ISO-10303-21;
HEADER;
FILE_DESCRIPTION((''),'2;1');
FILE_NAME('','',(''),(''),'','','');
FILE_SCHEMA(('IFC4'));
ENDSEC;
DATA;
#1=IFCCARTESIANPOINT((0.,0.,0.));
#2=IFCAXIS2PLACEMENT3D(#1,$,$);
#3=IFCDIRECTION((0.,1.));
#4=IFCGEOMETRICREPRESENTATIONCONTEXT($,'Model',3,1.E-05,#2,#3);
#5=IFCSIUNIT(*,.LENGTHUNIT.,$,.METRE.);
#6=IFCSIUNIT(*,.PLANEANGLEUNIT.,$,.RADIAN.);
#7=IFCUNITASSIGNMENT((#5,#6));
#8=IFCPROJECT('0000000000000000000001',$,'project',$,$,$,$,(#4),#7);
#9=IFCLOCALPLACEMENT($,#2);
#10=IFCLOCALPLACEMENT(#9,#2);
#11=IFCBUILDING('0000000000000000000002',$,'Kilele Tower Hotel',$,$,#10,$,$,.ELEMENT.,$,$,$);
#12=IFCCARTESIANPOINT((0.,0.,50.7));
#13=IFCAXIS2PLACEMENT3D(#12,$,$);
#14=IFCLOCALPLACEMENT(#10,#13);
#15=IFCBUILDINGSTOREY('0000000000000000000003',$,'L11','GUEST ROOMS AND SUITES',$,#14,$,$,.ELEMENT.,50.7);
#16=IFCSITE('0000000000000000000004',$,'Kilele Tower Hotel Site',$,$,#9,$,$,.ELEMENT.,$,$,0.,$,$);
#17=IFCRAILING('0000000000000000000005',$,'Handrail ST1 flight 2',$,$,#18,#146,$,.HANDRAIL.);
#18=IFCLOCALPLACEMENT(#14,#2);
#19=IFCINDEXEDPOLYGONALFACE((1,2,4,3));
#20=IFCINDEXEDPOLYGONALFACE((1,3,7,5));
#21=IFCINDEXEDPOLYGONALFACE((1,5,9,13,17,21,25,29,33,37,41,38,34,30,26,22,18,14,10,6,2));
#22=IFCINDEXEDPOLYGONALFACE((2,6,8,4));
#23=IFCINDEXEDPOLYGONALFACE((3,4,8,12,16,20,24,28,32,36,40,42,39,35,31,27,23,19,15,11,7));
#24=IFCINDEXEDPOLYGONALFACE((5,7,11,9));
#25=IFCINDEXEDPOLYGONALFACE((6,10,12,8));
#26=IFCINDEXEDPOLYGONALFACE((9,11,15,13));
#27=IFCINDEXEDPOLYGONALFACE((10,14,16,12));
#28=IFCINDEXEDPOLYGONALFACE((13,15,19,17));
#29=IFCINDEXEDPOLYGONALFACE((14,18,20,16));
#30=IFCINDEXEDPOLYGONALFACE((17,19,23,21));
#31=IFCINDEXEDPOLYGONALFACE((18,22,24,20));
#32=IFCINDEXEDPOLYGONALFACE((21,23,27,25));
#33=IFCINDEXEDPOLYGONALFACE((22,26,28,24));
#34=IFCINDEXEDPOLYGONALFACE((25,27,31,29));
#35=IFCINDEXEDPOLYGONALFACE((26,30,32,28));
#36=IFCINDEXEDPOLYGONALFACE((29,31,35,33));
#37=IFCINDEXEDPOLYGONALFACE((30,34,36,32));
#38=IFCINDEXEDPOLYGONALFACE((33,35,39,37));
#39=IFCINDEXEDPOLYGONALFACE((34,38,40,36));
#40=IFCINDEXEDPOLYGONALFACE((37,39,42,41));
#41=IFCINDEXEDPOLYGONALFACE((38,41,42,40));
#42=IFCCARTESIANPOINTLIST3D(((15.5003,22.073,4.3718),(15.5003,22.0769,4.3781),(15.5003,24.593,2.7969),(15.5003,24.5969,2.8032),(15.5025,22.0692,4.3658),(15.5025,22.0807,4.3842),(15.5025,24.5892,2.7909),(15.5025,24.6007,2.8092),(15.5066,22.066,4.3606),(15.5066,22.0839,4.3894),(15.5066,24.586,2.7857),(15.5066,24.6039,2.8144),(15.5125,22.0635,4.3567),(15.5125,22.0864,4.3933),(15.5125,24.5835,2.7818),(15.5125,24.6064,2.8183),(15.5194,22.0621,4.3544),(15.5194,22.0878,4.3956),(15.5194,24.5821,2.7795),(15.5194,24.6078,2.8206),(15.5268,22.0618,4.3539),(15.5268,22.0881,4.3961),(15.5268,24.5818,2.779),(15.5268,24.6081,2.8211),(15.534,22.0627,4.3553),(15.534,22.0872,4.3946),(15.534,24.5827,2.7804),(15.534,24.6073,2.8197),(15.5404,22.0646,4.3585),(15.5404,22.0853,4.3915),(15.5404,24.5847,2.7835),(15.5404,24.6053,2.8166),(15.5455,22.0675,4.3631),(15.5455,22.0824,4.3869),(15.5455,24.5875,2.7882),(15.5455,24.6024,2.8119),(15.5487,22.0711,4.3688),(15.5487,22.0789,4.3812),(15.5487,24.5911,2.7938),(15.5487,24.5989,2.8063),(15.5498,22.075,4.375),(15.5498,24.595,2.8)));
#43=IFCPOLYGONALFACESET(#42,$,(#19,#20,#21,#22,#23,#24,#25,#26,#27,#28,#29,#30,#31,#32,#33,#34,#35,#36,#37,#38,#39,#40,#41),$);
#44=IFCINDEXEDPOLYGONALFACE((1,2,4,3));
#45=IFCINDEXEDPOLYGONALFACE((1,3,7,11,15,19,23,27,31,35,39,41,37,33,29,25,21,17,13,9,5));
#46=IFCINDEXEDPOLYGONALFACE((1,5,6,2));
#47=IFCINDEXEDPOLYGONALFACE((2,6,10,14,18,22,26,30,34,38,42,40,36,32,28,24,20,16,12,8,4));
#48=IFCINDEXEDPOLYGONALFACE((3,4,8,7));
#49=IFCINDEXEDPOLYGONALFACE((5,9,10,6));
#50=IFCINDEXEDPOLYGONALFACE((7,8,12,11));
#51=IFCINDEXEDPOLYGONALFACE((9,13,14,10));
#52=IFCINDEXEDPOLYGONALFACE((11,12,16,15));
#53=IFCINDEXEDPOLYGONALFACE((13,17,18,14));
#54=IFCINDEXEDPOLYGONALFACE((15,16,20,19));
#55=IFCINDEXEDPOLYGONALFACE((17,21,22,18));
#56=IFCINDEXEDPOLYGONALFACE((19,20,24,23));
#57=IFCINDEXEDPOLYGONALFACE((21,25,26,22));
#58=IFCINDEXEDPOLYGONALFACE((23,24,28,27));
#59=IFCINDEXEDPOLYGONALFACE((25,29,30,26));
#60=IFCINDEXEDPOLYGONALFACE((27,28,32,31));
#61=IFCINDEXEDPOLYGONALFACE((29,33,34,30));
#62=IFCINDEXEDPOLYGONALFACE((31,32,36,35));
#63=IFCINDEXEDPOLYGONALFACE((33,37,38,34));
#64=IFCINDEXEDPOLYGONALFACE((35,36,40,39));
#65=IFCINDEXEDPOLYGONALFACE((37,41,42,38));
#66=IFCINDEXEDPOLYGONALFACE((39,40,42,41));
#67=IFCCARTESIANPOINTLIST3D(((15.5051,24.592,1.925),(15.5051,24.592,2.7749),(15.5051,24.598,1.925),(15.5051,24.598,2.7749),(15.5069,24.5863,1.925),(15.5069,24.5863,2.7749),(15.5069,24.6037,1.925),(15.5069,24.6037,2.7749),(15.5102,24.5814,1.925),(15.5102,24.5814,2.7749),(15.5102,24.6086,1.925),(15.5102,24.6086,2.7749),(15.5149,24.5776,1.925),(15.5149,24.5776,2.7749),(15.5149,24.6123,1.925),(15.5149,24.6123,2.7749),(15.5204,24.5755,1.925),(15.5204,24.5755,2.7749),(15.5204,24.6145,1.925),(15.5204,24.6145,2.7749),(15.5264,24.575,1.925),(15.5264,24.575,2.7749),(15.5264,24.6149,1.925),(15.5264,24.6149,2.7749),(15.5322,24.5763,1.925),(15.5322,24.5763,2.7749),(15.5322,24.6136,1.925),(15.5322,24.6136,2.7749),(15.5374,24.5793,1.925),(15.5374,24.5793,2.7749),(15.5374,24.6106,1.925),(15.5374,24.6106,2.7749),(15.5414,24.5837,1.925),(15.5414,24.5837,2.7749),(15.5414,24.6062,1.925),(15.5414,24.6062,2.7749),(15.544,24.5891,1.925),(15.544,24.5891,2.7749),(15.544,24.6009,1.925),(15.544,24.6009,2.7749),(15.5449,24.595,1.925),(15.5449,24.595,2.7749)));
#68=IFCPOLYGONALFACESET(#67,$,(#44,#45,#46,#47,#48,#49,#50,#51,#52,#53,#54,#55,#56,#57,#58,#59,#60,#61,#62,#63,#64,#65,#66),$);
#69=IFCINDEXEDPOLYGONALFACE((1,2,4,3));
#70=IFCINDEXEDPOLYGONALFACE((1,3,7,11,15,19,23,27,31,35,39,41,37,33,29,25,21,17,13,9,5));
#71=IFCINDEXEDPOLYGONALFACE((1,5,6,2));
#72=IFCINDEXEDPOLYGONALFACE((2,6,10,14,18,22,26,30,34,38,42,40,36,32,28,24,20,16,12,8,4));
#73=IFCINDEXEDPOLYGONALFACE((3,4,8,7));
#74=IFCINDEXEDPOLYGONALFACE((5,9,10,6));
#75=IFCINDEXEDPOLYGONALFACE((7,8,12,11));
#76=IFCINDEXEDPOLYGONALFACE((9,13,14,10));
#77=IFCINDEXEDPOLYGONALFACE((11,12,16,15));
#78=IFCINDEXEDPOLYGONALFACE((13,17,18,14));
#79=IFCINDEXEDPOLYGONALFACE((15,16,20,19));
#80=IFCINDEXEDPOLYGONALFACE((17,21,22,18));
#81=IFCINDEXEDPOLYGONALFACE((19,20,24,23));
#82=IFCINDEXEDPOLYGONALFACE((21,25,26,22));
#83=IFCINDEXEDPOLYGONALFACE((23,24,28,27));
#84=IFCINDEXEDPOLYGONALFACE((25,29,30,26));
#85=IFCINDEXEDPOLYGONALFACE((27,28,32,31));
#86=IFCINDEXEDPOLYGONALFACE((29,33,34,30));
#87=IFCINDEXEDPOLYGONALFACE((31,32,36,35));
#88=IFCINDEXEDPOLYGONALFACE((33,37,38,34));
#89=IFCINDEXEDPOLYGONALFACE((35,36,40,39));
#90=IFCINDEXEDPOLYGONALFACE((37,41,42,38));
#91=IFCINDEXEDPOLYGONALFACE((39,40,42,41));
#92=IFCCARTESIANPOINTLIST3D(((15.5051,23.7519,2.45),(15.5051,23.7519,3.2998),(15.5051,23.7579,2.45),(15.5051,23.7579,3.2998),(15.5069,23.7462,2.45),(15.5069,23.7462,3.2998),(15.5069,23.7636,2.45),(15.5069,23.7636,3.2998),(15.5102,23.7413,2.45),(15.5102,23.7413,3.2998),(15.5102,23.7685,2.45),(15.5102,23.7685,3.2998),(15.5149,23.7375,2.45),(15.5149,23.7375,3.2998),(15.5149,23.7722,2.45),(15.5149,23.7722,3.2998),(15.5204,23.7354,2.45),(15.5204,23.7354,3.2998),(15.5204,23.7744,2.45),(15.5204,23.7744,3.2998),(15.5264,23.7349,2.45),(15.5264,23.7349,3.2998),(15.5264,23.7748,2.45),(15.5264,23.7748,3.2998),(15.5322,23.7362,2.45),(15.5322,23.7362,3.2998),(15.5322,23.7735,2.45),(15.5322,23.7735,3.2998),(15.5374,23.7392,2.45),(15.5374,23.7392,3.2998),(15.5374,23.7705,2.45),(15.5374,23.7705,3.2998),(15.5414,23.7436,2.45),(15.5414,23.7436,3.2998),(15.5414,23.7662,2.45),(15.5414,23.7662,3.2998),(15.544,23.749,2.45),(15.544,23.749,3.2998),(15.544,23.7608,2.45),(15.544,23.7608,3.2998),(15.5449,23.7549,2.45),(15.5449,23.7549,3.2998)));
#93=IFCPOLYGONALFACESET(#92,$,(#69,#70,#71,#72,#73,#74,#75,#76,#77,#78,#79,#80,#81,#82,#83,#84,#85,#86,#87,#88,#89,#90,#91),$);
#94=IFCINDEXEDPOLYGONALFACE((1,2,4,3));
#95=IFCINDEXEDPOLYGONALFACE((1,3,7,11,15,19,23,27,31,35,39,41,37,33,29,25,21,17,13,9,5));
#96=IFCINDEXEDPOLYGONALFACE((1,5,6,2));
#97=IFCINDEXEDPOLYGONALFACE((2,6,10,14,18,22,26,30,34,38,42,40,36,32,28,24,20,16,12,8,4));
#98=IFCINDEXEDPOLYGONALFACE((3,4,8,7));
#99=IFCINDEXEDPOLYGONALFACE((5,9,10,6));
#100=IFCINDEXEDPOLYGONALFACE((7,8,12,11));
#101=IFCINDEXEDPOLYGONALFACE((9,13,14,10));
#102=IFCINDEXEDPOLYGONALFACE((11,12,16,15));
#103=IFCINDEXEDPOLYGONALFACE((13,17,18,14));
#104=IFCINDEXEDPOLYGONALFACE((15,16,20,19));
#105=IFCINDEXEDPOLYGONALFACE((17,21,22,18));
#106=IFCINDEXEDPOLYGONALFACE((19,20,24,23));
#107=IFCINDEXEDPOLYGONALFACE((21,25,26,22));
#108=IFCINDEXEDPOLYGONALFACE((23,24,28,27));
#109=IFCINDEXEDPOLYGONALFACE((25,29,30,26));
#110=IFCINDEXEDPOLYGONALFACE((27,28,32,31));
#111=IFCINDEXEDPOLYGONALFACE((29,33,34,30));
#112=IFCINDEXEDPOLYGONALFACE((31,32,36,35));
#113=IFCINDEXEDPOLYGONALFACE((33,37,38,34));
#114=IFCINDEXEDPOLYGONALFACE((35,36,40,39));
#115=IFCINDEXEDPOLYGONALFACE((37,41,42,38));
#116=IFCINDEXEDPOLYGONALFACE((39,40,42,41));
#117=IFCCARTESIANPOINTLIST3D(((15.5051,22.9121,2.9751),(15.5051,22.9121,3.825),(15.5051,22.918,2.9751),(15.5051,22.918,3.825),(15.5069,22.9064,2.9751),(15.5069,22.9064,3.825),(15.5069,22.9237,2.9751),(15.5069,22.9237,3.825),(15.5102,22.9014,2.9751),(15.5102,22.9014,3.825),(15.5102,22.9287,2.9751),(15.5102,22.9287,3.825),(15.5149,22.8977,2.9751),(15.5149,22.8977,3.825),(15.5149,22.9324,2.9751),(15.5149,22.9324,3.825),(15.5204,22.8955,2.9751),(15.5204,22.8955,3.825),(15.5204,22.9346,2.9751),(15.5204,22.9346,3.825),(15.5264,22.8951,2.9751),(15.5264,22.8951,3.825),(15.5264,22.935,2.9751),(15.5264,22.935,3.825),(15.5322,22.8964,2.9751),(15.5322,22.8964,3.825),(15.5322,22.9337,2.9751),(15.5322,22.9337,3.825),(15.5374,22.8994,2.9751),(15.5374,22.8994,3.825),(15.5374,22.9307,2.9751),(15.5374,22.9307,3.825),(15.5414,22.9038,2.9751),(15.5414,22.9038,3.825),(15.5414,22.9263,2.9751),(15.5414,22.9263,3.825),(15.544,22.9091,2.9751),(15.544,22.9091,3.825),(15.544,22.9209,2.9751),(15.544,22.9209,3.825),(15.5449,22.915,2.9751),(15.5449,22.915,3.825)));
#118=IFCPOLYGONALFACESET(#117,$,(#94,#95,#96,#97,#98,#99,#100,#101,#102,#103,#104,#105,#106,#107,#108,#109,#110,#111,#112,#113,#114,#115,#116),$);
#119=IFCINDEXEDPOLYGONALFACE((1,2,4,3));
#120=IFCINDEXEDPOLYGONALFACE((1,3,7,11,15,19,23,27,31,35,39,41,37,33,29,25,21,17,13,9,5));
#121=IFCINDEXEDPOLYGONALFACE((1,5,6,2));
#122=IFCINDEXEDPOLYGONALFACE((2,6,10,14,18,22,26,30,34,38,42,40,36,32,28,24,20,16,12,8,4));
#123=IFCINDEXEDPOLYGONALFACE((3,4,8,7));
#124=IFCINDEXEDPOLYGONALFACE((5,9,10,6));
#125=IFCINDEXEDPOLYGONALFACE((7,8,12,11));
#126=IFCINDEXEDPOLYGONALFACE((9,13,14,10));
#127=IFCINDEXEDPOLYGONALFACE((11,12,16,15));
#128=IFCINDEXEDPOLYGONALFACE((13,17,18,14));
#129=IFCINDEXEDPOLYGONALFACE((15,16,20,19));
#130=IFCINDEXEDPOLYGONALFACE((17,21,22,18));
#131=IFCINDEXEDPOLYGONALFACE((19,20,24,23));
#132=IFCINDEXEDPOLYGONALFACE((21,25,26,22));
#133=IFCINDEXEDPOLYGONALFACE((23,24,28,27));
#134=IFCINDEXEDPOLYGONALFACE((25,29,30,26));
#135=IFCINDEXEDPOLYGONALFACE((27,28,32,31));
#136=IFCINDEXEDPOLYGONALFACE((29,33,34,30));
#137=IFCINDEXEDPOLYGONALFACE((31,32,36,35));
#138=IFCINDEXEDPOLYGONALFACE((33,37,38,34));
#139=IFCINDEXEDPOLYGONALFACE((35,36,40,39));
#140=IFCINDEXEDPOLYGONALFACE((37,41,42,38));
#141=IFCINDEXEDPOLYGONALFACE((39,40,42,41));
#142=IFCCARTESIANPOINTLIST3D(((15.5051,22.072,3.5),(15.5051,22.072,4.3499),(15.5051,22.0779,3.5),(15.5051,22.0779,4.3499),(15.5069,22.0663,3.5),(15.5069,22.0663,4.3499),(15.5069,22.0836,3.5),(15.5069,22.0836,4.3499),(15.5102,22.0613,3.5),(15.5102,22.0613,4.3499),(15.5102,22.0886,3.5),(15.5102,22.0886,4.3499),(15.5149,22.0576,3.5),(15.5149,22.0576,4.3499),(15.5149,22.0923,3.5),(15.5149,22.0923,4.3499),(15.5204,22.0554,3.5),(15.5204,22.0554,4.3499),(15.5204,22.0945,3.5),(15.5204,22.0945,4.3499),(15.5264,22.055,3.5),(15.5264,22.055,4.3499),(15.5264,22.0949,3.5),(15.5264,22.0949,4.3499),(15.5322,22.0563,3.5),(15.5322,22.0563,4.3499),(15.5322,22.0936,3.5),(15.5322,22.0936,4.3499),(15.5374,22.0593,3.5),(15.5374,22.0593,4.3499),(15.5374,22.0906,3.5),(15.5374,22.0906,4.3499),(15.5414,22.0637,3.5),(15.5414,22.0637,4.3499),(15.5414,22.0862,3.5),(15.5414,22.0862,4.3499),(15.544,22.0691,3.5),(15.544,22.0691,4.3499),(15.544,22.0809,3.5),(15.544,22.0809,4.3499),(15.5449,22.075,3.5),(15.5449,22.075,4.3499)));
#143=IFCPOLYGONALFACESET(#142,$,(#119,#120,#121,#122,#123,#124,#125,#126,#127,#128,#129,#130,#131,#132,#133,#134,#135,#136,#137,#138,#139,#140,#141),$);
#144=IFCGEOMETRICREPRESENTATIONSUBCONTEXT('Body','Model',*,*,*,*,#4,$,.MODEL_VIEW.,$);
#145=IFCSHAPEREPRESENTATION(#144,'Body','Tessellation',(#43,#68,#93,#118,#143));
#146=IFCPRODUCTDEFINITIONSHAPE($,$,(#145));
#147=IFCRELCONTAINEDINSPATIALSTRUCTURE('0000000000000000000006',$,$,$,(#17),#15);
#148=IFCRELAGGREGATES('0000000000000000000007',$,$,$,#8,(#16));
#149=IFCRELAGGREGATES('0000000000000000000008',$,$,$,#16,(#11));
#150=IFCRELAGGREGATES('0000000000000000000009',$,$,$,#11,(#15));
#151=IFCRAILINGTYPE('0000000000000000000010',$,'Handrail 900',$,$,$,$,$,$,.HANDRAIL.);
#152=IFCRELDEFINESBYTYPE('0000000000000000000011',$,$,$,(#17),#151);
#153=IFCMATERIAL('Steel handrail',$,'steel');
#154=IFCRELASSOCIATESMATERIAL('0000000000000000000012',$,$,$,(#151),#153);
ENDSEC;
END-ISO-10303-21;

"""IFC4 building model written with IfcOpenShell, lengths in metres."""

from ifc_helpers import new_model, si_unit, direction, frame, origin, origin_2d, place, context, subcontext, project, spatial, circle, extrude, material, type_object, element, save


model = new_model("IFC4")

# Units and contexts
model_context = context("Model", 3, precision=1e-05, world=origin(), true_north=direction((0.0, 1.0)))
body_context = subcontext(model_context, "Body", "Model", "MODEL_VIEW")
ifc_project = project(units=[si_unit("LENGTHUNIT", "METRE"), si_unit("PLANEANGLEUNIT", "RADIAN")], contexts=[model_context])

# Site, building, storey
site_placement = place(None, origin())
site = spatial("IfcSite", under=ifc_project, at=site_placement, Name="Kilele Tower Hotel Site", CompositionType="ELEMENT", RefElevation=0.0)
building_placement = place(site_placement, origin())
building = spatial("IfcBuilding", under=site, at=building_placement, Name="Kilele Tower Hotel", CompositionType="ELEMENT")
storey_placement = place(building_placement, frame((0.0, 0.0, 50.7)))
storey = spatial("IfcBuildingStorey", under=building, at=storey_placement, Name="L11", Description="GUEST ROOMS AND SUITES", CompositionType="ELEMENT", Elevation=50.7)

# Railing
ifc_material_1 = material(Name="Steel handrail", Category="steel")
railing_type_1 = type_object("IfcRailingType", Name="Handrail 900", PredefinedType="HANDRAIL", material=ifc_material_1)
for number, where, name in (
    (1, (15.5249, 24.595, 1.925), "Handrail ST1 flight 2"),
):
    element("IfcRailing", number, at=place(storey_placement, frame(where)), inside=storey, type_object=railing_type_1, Name=name, PredefinedType="HANDRAIL", context=body_context, shape_type="SweptSolid", body=[
        extrude(circle(Radius=0.0249, at=origin_2d()), frame((0.0, 0.0, 0.875), z_axis=(0.0, -0.848008, 0.529984), x_axis=(1.0, 0.0, 0.0)), (0.0, 0.0, 1.0), 2.9717),
        extrude(circle(Radius=0.02, at=origin_2d()), origin(), (0.0, 0.0, 1.0), 0.8499),
        extrude(circle(Radius=0.02, at=origin_2d()), frame((0.0, -0.8401, 0.5249)), (0.0, 0.0, 1.0), 0.8499),
        extrude(circle(Radius=0.02, at=origin_2d()), frame((0.0, -1.6799, 1.05)), (0.0, 0.0, 1.0), 0.8499),
        extrude(circle(Radius=0.02, at=origin_2d()), frame((0.0, -2.52, 1.575)), (0.0, 0.0, 1.0), 0.8499),
    ])

save(model, "model.ifc")
